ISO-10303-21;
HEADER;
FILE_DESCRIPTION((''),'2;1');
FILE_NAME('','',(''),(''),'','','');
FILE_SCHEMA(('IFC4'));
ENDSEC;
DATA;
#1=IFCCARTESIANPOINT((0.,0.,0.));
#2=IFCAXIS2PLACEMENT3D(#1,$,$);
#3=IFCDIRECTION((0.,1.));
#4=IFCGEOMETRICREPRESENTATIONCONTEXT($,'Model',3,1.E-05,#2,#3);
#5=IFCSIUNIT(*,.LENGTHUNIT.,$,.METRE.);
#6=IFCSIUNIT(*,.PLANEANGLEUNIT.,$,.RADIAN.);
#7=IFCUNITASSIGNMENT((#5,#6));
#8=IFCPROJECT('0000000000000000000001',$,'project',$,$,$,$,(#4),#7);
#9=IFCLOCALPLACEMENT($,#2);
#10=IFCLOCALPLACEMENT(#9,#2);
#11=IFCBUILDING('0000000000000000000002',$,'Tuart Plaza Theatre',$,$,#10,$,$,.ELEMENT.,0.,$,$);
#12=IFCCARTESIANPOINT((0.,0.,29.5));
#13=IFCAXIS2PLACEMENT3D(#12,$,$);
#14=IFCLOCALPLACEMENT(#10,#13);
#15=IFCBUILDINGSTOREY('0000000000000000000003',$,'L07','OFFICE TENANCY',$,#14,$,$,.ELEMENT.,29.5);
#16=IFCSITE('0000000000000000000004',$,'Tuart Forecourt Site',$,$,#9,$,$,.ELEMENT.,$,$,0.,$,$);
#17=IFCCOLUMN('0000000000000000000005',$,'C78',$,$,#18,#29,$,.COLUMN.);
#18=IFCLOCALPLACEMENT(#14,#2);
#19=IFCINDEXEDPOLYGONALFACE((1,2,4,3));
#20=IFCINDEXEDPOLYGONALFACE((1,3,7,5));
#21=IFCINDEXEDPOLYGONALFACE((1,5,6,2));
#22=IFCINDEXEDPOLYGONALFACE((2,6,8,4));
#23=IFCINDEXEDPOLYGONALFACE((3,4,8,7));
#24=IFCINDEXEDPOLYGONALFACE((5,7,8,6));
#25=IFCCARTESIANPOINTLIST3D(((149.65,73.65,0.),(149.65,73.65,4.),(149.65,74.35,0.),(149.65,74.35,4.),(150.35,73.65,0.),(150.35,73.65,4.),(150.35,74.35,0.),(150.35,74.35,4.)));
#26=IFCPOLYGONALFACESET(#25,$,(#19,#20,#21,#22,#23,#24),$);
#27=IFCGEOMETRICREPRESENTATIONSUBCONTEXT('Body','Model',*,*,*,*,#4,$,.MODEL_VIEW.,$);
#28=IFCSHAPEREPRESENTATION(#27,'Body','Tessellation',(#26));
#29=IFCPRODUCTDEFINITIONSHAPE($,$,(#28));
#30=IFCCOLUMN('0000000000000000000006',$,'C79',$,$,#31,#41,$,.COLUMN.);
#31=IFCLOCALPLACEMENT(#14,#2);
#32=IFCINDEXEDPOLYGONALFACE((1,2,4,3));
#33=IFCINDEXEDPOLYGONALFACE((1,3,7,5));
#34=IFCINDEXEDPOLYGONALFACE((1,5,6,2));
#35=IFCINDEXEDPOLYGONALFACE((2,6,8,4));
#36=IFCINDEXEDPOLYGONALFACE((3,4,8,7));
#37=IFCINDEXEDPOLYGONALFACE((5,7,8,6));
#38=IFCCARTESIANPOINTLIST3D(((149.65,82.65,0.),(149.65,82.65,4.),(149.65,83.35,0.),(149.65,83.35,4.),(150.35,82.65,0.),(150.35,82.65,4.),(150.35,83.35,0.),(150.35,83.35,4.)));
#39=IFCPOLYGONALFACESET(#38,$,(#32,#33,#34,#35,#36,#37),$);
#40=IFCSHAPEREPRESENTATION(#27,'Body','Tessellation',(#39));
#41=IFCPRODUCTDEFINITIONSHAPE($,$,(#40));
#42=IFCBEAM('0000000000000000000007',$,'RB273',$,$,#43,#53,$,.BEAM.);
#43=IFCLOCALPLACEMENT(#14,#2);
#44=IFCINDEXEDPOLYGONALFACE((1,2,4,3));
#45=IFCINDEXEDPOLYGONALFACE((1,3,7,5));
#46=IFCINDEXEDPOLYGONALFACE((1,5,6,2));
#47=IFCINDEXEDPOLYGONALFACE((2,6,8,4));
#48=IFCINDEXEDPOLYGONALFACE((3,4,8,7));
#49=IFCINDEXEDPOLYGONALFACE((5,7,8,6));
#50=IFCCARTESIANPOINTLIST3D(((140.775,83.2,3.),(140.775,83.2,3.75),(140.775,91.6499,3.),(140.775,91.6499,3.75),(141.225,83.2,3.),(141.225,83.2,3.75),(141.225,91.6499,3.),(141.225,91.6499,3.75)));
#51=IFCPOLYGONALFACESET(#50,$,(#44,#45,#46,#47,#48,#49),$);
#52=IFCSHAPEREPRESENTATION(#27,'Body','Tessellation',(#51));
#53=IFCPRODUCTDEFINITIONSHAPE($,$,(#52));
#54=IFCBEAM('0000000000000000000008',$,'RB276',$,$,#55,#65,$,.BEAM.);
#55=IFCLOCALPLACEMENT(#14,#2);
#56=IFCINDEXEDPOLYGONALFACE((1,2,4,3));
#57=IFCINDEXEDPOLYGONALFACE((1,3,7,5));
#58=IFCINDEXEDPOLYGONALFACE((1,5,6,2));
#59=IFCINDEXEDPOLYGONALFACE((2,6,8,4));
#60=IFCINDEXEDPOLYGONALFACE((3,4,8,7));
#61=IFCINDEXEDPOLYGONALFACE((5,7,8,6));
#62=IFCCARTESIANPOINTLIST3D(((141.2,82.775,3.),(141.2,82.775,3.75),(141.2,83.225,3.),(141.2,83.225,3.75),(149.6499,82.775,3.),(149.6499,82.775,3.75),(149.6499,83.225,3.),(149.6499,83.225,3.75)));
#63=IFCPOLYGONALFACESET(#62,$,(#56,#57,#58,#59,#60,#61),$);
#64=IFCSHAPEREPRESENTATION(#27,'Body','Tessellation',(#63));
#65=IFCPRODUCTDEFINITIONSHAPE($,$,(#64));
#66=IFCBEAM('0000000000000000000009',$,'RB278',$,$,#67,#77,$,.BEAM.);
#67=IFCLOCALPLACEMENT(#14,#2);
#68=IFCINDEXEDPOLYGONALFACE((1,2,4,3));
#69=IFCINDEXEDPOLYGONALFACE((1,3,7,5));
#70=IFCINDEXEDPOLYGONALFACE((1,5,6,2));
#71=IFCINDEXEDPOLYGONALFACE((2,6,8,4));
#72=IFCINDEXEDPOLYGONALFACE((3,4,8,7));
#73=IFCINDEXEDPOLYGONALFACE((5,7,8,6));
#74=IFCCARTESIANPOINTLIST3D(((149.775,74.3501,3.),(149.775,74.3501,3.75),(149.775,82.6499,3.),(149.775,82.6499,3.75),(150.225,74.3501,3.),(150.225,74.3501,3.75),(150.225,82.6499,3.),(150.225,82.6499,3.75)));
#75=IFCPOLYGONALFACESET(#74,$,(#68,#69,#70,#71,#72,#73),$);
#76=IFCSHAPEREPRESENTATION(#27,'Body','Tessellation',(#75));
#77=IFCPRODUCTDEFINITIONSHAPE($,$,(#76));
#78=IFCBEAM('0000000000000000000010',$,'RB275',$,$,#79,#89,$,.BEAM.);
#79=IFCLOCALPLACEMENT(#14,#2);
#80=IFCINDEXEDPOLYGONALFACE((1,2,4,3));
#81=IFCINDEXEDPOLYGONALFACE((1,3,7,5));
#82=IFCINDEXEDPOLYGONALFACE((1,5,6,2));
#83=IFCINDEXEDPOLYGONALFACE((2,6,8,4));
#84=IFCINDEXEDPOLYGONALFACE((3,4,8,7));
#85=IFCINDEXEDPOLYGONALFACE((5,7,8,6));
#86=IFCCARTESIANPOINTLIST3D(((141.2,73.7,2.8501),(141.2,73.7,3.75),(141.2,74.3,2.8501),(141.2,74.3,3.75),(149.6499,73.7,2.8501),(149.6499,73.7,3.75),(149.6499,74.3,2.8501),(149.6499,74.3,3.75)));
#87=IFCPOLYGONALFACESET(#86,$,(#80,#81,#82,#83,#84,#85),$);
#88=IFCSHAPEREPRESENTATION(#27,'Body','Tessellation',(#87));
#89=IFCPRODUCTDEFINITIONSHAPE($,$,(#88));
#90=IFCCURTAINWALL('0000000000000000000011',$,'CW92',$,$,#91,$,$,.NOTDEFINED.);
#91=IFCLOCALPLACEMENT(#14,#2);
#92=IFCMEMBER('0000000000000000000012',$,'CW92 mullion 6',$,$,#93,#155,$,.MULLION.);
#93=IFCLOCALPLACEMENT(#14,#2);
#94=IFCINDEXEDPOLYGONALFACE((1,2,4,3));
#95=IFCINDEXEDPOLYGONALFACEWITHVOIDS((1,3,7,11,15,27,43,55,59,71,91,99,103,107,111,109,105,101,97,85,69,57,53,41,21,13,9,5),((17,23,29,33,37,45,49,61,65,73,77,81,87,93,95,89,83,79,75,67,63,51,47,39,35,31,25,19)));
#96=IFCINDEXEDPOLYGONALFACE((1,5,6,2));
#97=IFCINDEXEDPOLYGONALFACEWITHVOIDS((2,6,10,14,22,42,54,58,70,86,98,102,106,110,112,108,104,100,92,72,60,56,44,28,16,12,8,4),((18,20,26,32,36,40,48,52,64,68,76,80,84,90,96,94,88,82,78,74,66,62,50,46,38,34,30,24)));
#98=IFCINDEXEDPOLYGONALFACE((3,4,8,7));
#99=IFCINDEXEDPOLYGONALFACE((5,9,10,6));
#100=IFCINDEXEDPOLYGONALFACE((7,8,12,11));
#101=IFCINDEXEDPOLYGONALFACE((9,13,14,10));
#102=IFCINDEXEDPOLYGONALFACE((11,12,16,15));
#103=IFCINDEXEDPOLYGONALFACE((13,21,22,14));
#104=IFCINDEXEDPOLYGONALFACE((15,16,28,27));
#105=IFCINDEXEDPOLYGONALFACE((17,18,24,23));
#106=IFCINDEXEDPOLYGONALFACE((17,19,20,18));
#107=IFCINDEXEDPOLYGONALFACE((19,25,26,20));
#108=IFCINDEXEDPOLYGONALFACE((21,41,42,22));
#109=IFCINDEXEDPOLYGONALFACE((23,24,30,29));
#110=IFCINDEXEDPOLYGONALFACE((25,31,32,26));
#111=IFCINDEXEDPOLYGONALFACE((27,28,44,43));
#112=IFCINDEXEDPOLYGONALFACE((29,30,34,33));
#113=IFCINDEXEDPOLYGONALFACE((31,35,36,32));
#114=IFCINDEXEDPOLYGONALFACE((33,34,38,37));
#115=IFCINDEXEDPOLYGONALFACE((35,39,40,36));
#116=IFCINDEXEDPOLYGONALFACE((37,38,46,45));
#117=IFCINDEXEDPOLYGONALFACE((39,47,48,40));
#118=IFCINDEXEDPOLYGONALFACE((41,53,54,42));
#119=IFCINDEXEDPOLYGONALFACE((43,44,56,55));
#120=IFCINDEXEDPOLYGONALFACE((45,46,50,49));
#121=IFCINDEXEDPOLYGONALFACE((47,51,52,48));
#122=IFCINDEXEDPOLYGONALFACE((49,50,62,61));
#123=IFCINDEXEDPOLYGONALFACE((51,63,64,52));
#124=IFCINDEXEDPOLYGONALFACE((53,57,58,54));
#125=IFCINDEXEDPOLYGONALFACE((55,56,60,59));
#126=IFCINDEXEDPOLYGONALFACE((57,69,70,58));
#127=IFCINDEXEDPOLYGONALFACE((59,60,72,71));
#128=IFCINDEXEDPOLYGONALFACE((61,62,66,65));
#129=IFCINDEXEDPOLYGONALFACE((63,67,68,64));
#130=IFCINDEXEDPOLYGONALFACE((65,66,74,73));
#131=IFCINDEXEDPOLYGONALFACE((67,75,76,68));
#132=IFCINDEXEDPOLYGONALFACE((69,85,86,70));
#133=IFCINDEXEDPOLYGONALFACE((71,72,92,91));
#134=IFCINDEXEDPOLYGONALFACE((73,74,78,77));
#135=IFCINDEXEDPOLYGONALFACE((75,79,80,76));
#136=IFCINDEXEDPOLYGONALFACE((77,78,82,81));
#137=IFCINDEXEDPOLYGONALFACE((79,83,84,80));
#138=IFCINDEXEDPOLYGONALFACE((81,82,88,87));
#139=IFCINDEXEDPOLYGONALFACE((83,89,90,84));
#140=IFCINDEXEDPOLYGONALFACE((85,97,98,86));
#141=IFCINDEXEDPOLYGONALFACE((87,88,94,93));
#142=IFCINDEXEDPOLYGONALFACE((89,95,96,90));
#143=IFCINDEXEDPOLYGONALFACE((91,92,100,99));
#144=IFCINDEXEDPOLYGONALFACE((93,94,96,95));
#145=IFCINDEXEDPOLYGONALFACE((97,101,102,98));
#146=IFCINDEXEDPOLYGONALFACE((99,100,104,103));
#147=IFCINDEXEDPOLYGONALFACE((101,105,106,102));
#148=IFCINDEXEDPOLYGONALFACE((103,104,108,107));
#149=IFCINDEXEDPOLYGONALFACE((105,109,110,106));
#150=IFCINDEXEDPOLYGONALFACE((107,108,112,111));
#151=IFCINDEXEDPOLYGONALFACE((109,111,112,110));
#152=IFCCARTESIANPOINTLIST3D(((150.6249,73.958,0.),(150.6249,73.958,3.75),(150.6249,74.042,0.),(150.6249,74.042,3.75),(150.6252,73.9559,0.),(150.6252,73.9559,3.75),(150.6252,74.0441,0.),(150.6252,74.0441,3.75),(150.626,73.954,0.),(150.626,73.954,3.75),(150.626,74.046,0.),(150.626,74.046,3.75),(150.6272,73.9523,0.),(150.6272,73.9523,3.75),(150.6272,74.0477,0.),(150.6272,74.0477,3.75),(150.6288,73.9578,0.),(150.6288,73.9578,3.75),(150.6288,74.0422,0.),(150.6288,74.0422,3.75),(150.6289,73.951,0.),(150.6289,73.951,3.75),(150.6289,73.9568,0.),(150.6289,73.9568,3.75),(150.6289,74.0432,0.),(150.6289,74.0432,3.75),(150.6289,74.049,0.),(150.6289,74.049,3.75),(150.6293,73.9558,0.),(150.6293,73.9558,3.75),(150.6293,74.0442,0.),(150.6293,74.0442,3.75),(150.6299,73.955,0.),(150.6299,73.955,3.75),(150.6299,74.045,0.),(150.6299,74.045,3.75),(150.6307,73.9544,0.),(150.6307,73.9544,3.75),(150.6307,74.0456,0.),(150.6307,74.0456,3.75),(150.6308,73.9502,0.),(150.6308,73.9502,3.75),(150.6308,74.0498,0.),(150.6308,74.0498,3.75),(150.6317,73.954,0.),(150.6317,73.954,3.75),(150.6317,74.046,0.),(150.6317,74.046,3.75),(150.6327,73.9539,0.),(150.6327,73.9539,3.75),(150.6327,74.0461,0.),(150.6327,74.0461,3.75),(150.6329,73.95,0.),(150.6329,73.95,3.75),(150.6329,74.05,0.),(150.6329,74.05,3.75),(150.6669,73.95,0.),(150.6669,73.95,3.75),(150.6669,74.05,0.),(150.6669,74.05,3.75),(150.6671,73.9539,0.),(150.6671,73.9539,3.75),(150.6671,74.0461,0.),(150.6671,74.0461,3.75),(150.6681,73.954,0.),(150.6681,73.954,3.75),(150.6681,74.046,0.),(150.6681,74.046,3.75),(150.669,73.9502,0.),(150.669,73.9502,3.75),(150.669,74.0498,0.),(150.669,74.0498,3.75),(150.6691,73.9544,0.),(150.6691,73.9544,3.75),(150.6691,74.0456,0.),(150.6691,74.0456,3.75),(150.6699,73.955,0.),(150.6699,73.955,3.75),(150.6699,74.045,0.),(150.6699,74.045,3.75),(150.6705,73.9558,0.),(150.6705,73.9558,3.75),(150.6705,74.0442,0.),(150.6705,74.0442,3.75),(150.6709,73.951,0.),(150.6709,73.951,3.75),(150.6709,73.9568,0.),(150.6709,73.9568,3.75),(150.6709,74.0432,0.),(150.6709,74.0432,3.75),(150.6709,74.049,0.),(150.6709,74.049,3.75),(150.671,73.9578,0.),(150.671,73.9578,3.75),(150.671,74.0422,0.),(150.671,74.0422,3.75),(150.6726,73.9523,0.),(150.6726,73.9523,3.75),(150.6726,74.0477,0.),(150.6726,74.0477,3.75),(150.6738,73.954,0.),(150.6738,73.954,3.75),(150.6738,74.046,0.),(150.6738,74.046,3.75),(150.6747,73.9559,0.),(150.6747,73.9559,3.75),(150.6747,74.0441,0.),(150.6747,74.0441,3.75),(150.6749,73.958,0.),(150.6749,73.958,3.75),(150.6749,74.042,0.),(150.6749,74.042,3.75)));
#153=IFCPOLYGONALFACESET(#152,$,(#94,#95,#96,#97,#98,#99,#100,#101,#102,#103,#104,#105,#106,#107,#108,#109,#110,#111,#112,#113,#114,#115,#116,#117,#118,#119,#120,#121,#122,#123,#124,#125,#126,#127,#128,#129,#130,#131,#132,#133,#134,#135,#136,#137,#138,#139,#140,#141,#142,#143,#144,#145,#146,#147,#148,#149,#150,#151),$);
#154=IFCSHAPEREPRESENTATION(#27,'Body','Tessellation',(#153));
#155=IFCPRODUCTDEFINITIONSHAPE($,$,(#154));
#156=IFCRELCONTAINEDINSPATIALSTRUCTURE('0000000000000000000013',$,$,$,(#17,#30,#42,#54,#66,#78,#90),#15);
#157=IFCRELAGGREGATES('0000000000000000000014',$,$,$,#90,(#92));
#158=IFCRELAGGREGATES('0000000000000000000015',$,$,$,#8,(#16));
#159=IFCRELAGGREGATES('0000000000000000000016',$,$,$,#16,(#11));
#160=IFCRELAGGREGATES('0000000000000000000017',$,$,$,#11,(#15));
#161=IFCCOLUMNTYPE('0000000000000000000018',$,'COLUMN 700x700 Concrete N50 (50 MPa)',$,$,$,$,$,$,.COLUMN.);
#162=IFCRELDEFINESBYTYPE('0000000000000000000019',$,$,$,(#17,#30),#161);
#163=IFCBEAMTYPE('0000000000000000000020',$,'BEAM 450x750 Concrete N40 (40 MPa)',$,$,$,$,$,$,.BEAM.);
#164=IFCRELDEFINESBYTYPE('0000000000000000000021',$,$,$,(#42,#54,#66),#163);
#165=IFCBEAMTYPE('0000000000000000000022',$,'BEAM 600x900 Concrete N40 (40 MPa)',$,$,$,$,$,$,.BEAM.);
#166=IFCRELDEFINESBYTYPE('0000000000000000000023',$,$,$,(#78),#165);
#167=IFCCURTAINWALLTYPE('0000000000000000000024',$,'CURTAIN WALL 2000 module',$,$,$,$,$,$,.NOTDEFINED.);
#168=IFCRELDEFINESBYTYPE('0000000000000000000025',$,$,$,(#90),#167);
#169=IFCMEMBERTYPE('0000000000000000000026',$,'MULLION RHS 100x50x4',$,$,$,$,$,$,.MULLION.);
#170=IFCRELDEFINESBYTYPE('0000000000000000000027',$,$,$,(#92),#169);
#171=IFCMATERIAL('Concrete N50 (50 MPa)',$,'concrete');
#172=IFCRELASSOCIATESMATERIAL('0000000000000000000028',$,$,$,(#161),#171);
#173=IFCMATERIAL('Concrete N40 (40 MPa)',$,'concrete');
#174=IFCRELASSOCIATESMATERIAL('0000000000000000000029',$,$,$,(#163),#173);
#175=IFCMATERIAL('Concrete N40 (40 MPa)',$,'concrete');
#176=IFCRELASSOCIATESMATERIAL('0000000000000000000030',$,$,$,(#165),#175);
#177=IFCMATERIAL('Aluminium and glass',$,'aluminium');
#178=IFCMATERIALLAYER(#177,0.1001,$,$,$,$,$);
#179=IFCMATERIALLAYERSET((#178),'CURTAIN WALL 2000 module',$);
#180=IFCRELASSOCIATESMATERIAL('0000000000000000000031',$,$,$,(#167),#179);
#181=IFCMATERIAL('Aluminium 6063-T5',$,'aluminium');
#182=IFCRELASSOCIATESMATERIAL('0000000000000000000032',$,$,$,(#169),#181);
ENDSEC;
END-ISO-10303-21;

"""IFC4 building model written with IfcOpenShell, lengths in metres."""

from ifc_helpers import new_model, si_unit, direction, frame, origin, origin_2d, place, context, subcontext, project, spatial, rectangle, hollow_rectangle, extrude, material, layer, layer_set, material_profile, profile_set, type_object, element, aggregate, save


model = new_model("IFC4")

# Units and contexts
model_context = context("Model", 3, precision=1e-05, world=origin(), true_north=direction((0.0, 1.0)))
body_context = subcontext(model_context, "Body", "Model", "MODEL_VIEW")
ifc_project = project(units=[si_unit("LENGTHUNIT", "METRE"), si_unit("PLANEANGLEUNIT", "RADIAN")], contexts=[model_context])

# Site, building, storey
site_placement = place(None, origin())
site = spatial("IfcSite", under=ifc_project, at=site_placement, Name="Tuart Forecourt Site", CompositionType="ELEMENT", RefElevation=0.0)
building_placement = place(site_placement, origin())
building = spatial("IfcBuilding", under=site, at=building_placement, Name="Tuart Plaza Theatre", CompositionType="ELEMENT", ElevationOfRefHeight=0.0)
storey_placement = place(building_placement, frame((0.0, 0.0, 29.5)))
storey = spatial("IfcBuildingStorey", under=building, at=storey_placement, Name="L07", Description="OFFICE TENANCY", CompositionType="ELEMENT", Elevation=29.5)

# Columns
ifc_material_1 = material(Name="Concrete N50 (50 MPa)", Category="concrete")
ifc_material_profile_1 = material_profile(ifc_material_1, rectangle(XDim=0.7, YDim=0.7, at=origin_2d()), Name="COLUMN 700x700 Concrete N50 (50 MPa)")
ifc_profile_set_1 = profile_set([ifc_material_profile_1], Name="Concrete N50 (50 MPa)")
column_type = type_object("IfcColumnType", Name="COLUMN 700x700 Concrete N50 (50 MPa)", PredefinedType="COLUMN", material=ifc_profile_set_1)
for number, where, z_axis, x_axis, name in (
    (1, (150.0, 74.0, 0.0), (0.0, 0.0, 1.0), (1.0, 0.0, 0.0), "C78"),
    (2, (150.0, 83.0, 0.0), (0.0, 0.0, 1.0), (1.0, 0.0, 0.0), "C79"),
):
    element("IfcColumn", number, at=place(storey_placement, frame(where, z_axis=z_axis, x_axis=x_axis)), inside=storey, type_object=column_type, Name=name, PredefinedType="COLUMN", context=body_context, shape_type="SweptSolid", body=[
        extrude(rectangle(XDim=0.7, YDim=0.7, at=origin_2d()), origin(), (0.0, 0.0, 1.0), 4.0),
    ])

# Beams
ifc_material_2 = material(Name="Concrete N40 (40 MPa)", Category="concrete")
ifc_material_profile_2 = material_profile(ifc_material_2, rectangle(XDim=0.45, YDim=0.75, at=origin_2d()), Name="BEAM 450x750 Concrete N40 (40 MPa)")
ifc_profile_set_2 = profile_set([ifc_material_profile_2], Name="Concrete N40 (40 MPa)")
beam_type_1 = type_object("IfcBeamType", Name="BEAM 450x750 Concrete N40 (40 MPa)", PredefinedType="BEAM", material=ifc_profile_set_2)
for number, where, z_axis, x_axis, name in (
    (3, (141.0, 83.2, 3.375), (0.0, 1.0, 0.0), (-1.0, 0.0, 0.0), "RB273"),
    (4, (141.2, 83.0, 3.375), (1.0, 0.0, 0.0), (0.0, 1.0, 0.0), "RB276"),
):
    element("IfcBeam", number, at=place(storey_placement, frame(where, z_axis=z_axis, x_axis=x_axis)), inside=storey, type_object=beam_type_1, Name=name, PredefinedType="BEAM", context=body_context, shape_type="SweptSolid", body=[
        extrude(rectangle(XDim=0.45, YDim=0.75, at=origin_2d()), origin(), (0.0, 0.0, 1.0), 8.45),
    ])
beam_1_placement = place(storey_placement, frame((150.0, 74.3501, 3.375), z_axis=(0.0, 1.0, 0.0), x_axis=(-1.0, 0.0, 0.0)))
element("IfcBeam", 5, at=beam_1_placement, inside=storey, type_object=beam_type_1, Name="RB278", PredefinedType="BEAM", context=body_context, shape_type="SweptSolid", body=[
    extrude(rectangle(XDim=0.45, YDim=0.75, at=origin_2d()), origin(), (0.0, 0.0, 1.0), 8.2998),
])
ifc_material_3 = material(Name="Concrete N40 (40 MPa)", Category="concrete")
ifc_material_profile_3 = material_profile(ifc_material_3, rectangle(XDim=0.6001, YDim=0.8999, at=origin_2d()), Name="BEAM 600x900 Concrete N40 (40 MPa)")
ifc_profile_set_3 = profile_set([ifc_material_profile_3], Name="Concrete N40 (40 MPa)")
beam_type_2 = type_object("IfcBeamType", Name="BEAM 600x900 Concrete N40 (40 MPa)", PredefinedType="BEAM", material=ifc_profile_set_3)
beam_2_placement = place(storey_placement, frame((141.2, 74.0, 3.3), z_axis=(1.0, 0.0, 0.0), x_axis=(0.0, 1.0, 0.0)))
element("IfcBeam", 6, at=beam_2_placement, inside=storey, type_object=beam_type_2, Name="RB275", PredefinedType="BEAM", context=body_context, shape_type="SweptSolid", body=[
    extrude(rectangle(XDim=0.6001, YDim=0.8999, at=origin_2d()), origin(), (0.0, 0.0, 1.0), 8.45),
])

# Curtain wall, member
ifc_material_4 = material(Name="Aluminium and glass", Category="aluminium")
ifc_layer_1 = layer(ifc_material_4, 0.1001)
ifc_layer_set_1 = layer_set([ifc_layer_1], Name="CURTAIN WALL 2000 module")
curtain_wall_type = type_object("IfcCurtainWallType", Name="CURTAIN WALL 2000 module", PredefinedType="NOTDEFINED", material=ifc_layer_set_1)
curtain_wall_1_placement = place(storey_placement, origin())
curtain_wall_1 = element("IfcCurtainWall", 7, at=curtain_wall_1_placement, inside=storey, type_object=curtain_wall_type, Name="CW92", PredefinedType="NOTDEFINED")
ifc_material_5 = material(Name="Aluminium 6063-T5", Category="aluminium")
ifc_material_profile_4 = material_profile(ifc_material_5, hollow_rectangle(XDim=0.05, YDim=0.1001, WallThickness=0.0039, InnerFilletRadius=0.0039, OuterFilletRadius=0.0081, at=origin_2d()), Name="RHS 100x50x4")
ifc_profile_set_4 = profile_set([ifc_material_profile_4], Name="Aluminium 6063-T5")
member_type_1 = type_object("IfcMemberType", Name="MULLION RHS 100x50x4", PredefinedType="MULLION", material=ifc_profile_set_4)
member_1_placement = place(storey_placement, frame((150.6499, 74.0, 0.0), z_axis=(0.0, 0.0, 1.0), x_axis=(-1.0, 0.0, 0.0)))
member_1 = element("IfcMember", 8, at=member_1_placement, type_object=member_type_1, Name="CW92 mullion 6", PredefinedType="MULLION", context=body_context, shape_type="SweptSolid", body=[
    extrude(hollow_rectangle(XDim=0.05, YDim=0.1001, WallThickness=0.0039, InnerFilletRadius=0.0039, OuterFilletRadius=0.0081, at=origin_2d()), origin(), (0.0, 0.0, 1.0), 3.75),
])

aggregate(curtain_wall_1, [member_1])

save(model, "model.ifc")
